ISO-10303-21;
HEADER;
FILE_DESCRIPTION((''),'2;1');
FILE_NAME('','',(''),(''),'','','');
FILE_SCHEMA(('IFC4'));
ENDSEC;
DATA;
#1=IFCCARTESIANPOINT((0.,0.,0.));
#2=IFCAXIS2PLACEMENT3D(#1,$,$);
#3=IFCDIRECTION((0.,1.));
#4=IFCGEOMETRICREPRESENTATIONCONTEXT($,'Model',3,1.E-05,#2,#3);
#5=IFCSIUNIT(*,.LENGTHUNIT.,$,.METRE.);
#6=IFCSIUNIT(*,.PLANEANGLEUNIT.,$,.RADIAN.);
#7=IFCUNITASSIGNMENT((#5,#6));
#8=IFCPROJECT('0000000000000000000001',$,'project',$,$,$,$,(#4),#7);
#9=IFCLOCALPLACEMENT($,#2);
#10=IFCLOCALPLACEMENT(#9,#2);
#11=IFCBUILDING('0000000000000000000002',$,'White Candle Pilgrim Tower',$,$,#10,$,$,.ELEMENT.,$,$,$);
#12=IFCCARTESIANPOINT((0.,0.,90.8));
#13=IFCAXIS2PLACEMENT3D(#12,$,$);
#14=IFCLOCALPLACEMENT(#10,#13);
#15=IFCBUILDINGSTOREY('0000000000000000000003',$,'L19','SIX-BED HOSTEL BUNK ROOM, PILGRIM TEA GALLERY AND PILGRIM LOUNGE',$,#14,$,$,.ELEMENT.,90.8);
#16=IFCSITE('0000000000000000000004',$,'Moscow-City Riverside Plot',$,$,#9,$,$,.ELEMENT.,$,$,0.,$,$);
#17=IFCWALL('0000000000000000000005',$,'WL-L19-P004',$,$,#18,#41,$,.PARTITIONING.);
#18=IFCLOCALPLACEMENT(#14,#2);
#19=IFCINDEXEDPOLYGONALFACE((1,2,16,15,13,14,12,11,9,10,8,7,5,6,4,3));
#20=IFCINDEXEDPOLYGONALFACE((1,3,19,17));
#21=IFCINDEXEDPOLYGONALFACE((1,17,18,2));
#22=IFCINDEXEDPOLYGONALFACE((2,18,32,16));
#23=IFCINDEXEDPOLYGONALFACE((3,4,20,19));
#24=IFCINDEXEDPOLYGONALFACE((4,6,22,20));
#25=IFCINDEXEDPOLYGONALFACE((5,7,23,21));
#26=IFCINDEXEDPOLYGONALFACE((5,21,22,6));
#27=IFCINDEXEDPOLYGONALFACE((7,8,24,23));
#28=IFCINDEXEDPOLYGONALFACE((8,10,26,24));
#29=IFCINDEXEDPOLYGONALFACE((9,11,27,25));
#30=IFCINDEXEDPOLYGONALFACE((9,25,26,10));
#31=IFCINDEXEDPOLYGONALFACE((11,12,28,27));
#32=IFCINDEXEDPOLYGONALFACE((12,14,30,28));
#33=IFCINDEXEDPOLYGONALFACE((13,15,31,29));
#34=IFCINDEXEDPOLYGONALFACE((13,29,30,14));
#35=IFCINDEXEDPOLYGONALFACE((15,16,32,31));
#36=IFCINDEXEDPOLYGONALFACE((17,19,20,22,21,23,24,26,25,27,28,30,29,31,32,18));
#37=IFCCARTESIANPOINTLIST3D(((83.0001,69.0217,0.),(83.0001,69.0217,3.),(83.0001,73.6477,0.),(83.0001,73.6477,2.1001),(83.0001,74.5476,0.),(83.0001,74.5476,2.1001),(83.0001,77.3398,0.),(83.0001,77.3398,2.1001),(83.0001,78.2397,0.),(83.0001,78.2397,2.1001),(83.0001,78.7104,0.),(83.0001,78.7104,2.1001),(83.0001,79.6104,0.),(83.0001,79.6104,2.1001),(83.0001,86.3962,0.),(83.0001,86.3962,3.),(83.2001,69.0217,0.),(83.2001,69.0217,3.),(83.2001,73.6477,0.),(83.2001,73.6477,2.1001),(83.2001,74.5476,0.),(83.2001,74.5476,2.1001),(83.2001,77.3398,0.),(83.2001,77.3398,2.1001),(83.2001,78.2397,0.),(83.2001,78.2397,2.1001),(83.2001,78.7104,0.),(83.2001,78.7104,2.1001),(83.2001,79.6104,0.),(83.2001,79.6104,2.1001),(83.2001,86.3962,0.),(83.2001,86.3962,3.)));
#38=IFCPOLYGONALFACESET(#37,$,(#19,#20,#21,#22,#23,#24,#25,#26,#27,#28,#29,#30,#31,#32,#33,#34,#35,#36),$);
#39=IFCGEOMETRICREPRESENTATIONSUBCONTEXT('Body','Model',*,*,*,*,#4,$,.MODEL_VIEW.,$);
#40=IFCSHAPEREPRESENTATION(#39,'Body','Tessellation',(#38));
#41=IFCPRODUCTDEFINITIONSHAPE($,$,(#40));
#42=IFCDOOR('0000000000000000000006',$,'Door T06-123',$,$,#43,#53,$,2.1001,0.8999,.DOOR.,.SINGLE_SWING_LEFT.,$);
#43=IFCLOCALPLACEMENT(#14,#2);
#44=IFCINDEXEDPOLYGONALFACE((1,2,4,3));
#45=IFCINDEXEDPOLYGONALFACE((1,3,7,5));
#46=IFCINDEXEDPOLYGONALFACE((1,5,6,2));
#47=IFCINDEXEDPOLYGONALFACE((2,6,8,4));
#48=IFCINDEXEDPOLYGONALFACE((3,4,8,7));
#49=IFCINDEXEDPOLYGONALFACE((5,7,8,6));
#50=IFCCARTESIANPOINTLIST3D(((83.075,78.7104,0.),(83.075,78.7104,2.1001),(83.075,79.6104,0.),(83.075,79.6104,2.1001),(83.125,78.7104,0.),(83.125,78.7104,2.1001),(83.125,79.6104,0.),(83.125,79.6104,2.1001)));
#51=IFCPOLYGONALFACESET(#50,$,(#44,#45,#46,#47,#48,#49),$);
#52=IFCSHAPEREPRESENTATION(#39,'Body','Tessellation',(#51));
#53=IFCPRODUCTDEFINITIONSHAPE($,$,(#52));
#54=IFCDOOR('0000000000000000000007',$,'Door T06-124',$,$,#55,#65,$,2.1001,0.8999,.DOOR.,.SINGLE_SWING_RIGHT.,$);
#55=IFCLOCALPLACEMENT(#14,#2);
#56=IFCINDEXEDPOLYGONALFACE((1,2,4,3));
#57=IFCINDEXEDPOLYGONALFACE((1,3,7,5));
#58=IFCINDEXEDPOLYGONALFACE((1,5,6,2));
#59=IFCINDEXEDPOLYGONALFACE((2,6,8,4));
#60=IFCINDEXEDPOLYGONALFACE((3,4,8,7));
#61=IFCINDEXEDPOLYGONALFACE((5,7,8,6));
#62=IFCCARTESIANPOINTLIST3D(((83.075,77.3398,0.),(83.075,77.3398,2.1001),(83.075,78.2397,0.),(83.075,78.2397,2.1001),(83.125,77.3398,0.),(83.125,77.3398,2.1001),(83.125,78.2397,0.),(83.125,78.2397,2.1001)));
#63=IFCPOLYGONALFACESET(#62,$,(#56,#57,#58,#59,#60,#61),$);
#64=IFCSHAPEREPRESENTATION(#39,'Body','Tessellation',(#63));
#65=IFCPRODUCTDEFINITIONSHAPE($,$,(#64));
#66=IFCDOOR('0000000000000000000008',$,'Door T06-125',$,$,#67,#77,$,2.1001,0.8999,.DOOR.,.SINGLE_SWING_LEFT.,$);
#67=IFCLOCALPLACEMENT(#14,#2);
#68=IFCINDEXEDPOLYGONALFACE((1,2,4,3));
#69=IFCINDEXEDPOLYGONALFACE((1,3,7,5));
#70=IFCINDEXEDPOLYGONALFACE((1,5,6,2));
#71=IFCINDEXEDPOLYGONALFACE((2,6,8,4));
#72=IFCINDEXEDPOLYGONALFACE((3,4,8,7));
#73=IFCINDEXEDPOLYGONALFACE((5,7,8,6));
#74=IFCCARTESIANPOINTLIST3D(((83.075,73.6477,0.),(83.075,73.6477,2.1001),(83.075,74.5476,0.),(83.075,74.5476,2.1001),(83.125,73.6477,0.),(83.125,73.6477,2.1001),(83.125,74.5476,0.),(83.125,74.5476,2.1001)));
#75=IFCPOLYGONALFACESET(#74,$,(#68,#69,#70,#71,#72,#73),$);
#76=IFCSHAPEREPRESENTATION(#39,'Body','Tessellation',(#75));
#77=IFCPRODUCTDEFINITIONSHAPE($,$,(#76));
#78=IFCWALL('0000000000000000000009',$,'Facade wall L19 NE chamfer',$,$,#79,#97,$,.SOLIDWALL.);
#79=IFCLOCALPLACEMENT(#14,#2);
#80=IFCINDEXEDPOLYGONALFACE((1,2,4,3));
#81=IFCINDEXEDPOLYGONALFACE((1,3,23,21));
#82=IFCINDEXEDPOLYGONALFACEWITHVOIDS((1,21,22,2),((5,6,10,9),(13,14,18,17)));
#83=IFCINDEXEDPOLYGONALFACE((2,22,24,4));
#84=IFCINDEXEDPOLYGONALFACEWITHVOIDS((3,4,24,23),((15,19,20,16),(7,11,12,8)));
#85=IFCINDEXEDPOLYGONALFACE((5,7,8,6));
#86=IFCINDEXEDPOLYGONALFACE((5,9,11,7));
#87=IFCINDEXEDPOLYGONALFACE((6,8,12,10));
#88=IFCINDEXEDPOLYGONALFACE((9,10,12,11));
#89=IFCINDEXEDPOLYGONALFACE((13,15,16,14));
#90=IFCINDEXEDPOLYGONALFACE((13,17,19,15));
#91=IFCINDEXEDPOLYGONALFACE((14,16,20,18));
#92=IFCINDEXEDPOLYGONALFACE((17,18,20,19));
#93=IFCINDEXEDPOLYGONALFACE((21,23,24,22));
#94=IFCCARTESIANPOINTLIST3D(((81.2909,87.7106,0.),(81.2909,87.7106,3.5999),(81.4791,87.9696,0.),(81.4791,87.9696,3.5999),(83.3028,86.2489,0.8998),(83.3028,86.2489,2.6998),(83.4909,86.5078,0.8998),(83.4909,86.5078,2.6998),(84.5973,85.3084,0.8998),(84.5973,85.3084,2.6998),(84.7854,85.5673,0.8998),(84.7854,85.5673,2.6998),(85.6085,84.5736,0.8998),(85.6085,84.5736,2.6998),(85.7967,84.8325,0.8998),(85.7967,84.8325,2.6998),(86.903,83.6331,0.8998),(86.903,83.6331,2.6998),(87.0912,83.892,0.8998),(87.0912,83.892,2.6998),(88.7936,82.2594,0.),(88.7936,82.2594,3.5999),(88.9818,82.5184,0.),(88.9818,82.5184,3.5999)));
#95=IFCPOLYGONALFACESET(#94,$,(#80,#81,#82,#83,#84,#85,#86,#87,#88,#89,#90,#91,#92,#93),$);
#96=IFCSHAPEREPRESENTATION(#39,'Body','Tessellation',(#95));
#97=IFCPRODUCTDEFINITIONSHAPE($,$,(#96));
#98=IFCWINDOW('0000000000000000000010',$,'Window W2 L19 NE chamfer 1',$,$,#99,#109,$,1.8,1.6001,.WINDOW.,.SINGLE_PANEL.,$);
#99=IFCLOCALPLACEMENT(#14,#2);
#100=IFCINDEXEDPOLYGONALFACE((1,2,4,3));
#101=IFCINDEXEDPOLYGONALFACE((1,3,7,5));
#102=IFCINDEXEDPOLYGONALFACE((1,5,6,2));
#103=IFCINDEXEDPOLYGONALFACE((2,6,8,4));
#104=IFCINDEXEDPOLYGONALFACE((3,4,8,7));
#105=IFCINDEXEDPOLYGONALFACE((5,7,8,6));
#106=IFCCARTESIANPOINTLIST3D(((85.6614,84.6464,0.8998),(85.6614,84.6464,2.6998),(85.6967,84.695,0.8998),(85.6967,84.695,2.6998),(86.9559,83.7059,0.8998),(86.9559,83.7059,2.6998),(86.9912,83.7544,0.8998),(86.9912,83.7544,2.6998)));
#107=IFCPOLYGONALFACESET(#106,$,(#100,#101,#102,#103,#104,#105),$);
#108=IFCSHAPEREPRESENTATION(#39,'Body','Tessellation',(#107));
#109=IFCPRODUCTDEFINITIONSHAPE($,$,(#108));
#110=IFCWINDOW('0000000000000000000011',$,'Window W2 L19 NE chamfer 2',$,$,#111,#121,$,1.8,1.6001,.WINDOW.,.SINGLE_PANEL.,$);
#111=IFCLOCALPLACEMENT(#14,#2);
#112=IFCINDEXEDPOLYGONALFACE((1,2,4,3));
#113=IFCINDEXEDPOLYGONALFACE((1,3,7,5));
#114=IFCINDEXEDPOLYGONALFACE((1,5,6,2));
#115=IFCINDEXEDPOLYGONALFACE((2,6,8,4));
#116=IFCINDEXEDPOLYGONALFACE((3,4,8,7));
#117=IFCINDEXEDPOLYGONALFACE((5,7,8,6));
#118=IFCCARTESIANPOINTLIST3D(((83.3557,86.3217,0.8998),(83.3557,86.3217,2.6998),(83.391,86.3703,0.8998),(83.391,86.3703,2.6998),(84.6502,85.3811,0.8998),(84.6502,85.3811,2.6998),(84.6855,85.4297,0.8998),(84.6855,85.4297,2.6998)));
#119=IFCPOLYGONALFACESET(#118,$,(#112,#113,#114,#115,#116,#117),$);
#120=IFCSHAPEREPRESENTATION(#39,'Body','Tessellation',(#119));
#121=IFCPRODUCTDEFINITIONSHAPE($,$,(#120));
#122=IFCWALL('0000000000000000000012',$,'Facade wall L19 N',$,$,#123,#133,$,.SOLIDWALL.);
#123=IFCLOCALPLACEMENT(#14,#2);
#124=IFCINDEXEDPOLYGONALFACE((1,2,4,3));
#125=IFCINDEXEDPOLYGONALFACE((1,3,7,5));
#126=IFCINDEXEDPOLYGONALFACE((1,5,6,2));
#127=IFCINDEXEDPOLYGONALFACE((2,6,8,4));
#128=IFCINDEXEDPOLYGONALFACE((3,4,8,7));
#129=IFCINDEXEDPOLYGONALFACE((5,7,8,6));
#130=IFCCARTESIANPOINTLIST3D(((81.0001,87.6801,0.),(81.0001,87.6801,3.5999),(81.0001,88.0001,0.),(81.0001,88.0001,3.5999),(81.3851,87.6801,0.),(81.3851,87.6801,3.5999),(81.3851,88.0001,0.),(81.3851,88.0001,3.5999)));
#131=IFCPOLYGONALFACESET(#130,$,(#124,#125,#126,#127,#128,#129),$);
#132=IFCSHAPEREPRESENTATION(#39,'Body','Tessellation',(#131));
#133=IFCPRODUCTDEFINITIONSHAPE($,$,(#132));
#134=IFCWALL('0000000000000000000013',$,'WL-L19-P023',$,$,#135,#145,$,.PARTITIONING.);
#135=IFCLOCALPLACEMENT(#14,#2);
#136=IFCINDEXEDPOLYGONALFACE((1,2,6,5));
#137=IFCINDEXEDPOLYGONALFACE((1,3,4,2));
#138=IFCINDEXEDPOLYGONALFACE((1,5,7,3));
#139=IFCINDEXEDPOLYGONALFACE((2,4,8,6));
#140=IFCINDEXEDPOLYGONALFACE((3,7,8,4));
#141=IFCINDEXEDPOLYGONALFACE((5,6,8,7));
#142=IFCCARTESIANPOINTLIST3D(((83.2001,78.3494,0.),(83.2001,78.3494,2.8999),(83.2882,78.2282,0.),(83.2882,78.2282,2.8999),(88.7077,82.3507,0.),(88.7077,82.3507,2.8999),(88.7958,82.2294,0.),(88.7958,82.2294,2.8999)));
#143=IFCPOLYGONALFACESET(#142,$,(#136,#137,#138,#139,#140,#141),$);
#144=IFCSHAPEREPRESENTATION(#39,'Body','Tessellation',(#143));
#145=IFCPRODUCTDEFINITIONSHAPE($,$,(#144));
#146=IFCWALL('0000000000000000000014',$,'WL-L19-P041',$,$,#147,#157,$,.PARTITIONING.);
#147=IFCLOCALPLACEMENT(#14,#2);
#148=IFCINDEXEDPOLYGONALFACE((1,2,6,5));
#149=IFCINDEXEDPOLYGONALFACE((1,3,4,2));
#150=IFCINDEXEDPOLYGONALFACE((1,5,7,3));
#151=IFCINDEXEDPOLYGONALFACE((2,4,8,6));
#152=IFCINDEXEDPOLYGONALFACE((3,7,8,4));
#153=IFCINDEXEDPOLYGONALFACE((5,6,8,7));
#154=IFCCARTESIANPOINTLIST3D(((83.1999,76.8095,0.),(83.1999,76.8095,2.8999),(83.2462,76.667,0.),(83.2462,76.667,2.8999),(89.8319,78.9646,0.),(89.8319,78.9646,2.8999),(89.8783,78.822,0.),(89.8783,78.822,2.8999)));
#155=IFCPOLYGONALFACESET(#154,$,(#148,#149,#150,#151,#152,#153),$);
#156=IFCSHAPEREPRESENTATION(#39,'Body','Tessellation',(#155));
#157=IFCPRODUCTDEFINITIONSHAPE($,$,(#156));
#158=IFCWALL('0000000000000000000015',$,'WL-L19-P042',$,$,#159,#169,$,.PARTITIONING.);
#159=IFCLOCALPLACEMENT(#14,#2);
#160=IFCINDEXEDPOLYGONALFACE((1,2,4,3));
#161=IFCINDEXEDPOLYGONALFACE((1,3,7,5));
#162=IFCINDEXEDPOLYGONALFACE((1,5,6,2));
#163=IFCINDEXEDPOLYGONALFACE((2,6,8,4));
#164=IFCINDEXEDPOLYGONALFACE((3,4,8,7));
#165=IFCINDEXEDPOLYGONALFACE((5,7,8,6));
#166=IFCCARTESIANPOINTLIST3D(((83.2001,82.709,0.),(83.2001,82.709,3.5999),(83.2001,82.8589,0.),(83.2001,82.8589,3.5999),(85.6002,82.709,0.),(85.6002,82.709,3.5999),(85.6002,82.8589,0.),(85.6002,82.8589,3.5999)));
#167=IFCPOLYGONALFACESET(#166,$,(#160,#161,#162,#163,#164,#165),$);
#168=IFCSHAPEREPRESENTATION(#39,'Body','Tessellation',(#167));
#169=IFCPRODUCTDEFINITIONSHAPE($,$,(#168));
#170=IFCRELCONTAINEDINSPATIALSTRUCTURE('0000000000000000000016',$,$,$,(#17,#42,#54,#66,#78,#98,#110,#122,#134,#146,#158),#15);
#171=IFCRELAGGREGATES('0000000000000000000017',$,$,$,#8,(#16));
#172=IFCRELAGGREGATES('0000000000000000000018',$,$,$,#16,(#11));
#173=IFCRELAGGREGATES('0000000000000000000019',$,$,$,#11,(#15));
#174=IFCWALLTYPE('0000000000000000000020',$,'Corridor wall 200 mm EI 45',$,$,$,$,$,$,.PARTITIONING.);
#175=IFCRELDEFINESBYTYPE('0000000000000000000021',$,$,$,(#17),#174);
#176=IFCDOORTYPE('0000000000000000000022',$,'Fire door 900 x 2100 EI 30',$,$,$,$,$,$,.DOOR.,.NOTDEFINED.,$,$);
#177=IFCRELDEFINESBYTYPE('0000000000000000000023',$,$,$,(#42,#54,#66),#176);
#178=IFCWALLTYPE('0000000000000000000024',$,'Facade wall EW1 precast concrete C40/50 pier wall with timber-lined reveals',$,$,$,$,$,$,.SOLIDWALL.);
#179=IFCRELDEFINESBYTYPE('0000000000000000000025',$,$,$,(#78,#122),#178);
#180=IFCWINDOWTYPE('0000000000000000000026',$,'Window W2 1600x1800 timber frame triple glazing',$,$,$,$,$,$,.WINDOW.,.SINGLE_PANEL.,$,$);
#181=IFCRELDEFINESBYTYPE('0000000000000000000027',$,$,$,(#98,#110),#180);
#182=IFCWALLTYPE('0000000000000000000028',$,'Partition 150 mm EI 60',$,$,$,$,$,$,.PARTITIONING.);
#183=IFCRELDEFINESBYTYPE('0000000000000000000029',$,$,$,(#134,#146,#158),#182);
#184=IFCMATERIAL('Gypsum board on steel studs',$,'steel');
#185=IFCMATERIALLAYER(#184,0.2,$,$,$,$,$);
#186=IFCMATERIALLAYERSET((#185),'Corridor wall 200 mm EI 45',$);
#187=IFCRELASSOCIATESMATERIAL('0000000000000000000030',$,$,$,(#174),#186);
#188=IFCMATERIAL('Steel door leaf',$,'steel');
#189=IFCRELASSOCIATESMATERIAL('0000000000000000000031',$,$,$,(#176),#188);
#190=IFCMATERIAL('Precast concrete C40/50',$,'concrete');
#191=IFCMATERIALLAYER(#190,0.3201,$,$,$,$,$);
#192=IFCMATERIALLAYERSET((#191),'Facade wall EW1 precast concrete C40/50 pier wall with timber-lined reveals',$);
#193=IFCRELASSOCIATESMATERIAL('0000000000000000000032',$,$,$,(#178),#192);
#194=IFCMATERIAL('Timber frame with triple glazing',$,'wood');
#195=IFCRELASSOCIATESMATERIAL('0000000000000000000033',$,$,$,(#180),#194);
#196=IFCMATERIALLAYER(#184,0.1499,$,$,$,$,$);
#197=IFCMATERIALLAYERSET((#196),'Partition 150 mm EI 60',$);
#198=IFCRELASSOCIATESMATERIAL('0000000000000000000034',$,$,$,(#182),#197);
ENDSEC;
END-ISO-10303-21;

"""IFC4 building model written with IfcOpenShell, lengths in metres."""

from ifc_helpers import new_model, si_unit, direction, frame, frame_2d, origin, place, context, subcontext, project, spatial, rectangle, extrude, material, layer, layer_set, type_object, element, fill, save


model = new_model("IFC4")

# Units and contexts
model_context = context("Model", 3, precision=1e-05, world=origin(), true_north=direction((0.0, 1.0)))
body_context = subcontext(model_context, "Body", "Model", "MODEL_VIEW")
ifc_project = project(units=[si_unit("LENGTHUNIT", "METRE"), si_unit("PLANEANGLEUNIT", "RADIAN")], contexts=[model_context])

# Site, building, storey
site_placement = place(None, origin())
site = spatial("IfcSite", under=ifc_project, at=site_placement, Name="Moscow-City Riverside Plot", CompositionType="ELEMENT", RefElevation=0.0)
building_placement = place(site_placement, origin())
building = spatial("IfcBuilding", under=site, at=building_placement, Name="White Candle Pilgrim Tower", CompositionType="ELEMENT")
storey_placement = place(building_placement, frame((0.0, 0.0, 90.8)))
storey = spatial("IfcBuildingStorey", under=building, at=storey_placement, Name="L19", Description="SIX-BED HOSTEL BUNK ROOM, PILGRIM TEA GALLERY AND PILGRIM LOUNGE", CompositionType="ELEMENT", Elevation=90.8)

# Shared definitions
ifc_material_1 = material(Name="Steel door leaf", Category="steel")

# Wall, openings, doors
ifc_material_2 = material(Name="Gypsum board on steel studs", Category="steel")
ifc_layer_1 = layer(ifc_material_2, 0.2)
ifc_layer_set_1 = layer_set([ifc_layer_1], Name="Corridor wall 200 mm EI 45")
wall_type_1 = type_object("IfcWallType", Name="Corridor wall 200 mm EI 45", PredefinedType="PARTITIONING", material=ifc_layer_set_1)
wall_1_placement = place(storey_placement, frame((83.1001, 86.3962, 0.0), z_axis=(0.0, 0.0, 1.0), x_axis=(0.0, -1.0, 0.0)))
wall_1 = element("IfcWall", 1, at=wall_1_placement, inside=storey, type_object=wall_type_1, Name="WL-L19-P004", PredefinedType="PARTITIONING", context=body_context, shape_type="SweptSolid", body=[
    extrude(rectangle(XDim=17.3745, YDim=0.2, at=frame_2d((8.6873, 0.0))), origin(), (0.0, 0.0, 1.0), 3.0),
])
opening_1_placement = place(wall_1_placement, frame((6.7859, 0.0, 0.0)))
opening_1 = element("IfcOpeningElement", 2, at=opening_1_placement, cuts=wall_1, PredefinedType="OPENING", context=body_context, shape_type="SweptSolid", body=[
    extrude(rectangle(XDim=0.8999, YDim=2.1001, at=frame_2d((0.45, 1.05))), frame((0.0, 0.1099, 0.0), z_axis=(0.0, -1.0, 0.0), x_axis=(1.0, 0.0, 0.0)), (0.0, 0.0, 1.0), 0.22),
])
opening_2_placement = place(wall_1_placement, frame((8.1565, 0.0, 0.0)))
opening_2 = element("IfcOpeningElement", 3, at=opening_2_placement, cuts=wall_1, PredefinedType="OPENING", context=body_context, shape_type="SweptSolid", body=[
    extrude(rectangle(XDim=0.8999, YDim=2.1001, at=frame_2d((0.45, 1.05))), frame((0.0, 0.1099, 0.0), z_axis=(0.0, -1.0, 0.0), x_axis=(1.0, 0.0, 0.0)), (0.0, 0.0, 1.0), 0.22),
])
opening_3_placement = place(wall_1_placement, frame((11.8486, 0.0, 0.0)))
opening_3 = element("IfcOpeningElement", 4, at=opening_3_placement, cuts=wall_1, PredefinedType="OPENING", context=body_context, shape_type="SweptSolid", body=[
    extrude(rectangle(XDim=0.8999, YDim=2.1001, at=frame_2d((0.45, 1.05))), frame((0.0, 0.1099, 0.0), z_axis=(0.0, -1.0, 0.0), x_axis=(1.0, 0.0, 0.0)), (0.0, 0.0, 1.0), 0.22),
])
door_type_1 = type_object("IfcDoorType", Name="Fire door 900 x 2100 EI 30", OperationType="NOTDEFINED", PredefinedType="DOOR", material=ifc_material_1)
door_1_placement = place(opening_1_placement, origin())
door_1 = element("IfcDoor", 5, at=door_1_placement, inside=storey, type_object=door_type_1, Name="Door T06-123", OperationType="SINGLE_SWING_LEFT", OverallHeight=2.1001, OverallWidth=0.8999, PredefinedType="DOOR", context=body_context, shape_type="SweptSolid", body=[
    extrude(rectangle(XDim=0.8999, YDim=2.1001, at=frame_2d((0.45, 1.05))), frame((0.0, 0.0249, 0.0), z_axis=(0.0, -1.0, 0.0), x_axis=(1.0, 0.0, 0.0)), (0.0, 0.0, 1.0), 0.05),
])
fill(opening_1, door_1)
door_2_placement = place(opening_2_placement, origin())
door_2 = element("IfcDoor", 6, at=door_2_placement, inside=storey, type_object=door_type_1, Name="Door T06-124", OperationType="SINGLE_SWING_RIGHT", OverallHeight=2.1001, OverallWidth=0.8999, PredefinedType="DOOR", context=body_context, shape_type="SweptSolid", body=[
    extrude(rectangle(XDim=0.8999, YDim=2.1001, at=frame_2d((0.45, 1.05))), frame((0.0, 0.0249, 0.0), z_axis=(0.0, -1.0, 0.0), x_axis=(1.0, 0.0, 0.0)), (0.0, 0.0, 1.0), 0.05),
])
fill(opening_2, door_2)
door_3_placement = place(opening_3_placement, origin())
door_3 = element("IfcDoor", 7, at=door_3_placement, inside=storey, type_object=door_type_1, Name="Door T06-125", OperationType="SINGLE_SWING_LEFT", OverallHeight=2.1001, OverallWidth=0.8999, PredefinedType="DOOR", context=body_context, shape_type="SweptSolid", body=[
    extrude(rectangle(XDim=0.8999, YDim=2.1001, at=frame_2d((0.45, 1.05))), frame((0.0, 0.0249, 0.0), z_axis=(0.0, -1.0, 0.0), x_axis=(1.0, 0.0, 0.0)), (0.0, 0.0, 1.0), 0.05),
])
fill(opening_3, door_3)

# Wall, openings, windows
ifc_material_3 = material(Name="Precast concrete C40/50", Category="concrete")
ifc_layer_2 = layer(ifc_material_3, 0.3201)
ifc_layer_set_2 = layer_set([ifc_layer_2], Name="Facade wall EW1 precast concrete C40/50 pier wall with timber-lined reveals")
wall_type_2 = type_object("IfcWallType", Name="Facade wall EW1 precast concrete C40/50 pier wall with timber-lined reveals", PredefinedType="SOLIDWALL", material=ifc_layer_set_2)
wall_2_placement = place(storey_placement, frame((88.8877, 82.3889, 0.0), z_axis=(0.0, 0.0, 1.0), x_axis=(-0.809009, 0.587796, 0.0)))
wall_2 = element("IfcWall", 8, at=wall_2_placement, inside=storey, type_object=wall_type_2, Name="Facade wall L19 NE chamfer", PredefinedType="SOLIDWALL", context=body_context, shape_type="SweptSolid", body=[
    extrude(rectangle(XDim=9.2739, YDim=0.3201, at=frame_2d((4.637, 0.0))), origin(), (0.0, 0.0, 1.0), 3.5999),
])
opening_4_placement = place(wall_2_placement, frame((2.3369, 0.0, 0.8999)))
opening_4 = element("IfcOpeningElement", 9, at=opening_4_placement, cuts=wall_2, PredefinedType="OPENING", context=body_context, shape_type="SweptSolid", body=[
    extrude(rectangle(XDim=1.6001, YDim=1.8, at=frame_2d((0.8, 0.8999))), frame((0.0, 0.1699, 0.0), z_axis=(0.0, -1.0, 0.0), x_axis=(1.0, 0.0, 0.0)), (0.0, 0.0, 1.0), 0.3401),
])
opening_5_placement = place(wall_2_placement, frame((5.187, 0.0, 0.8999)))
opening_5 = element("IfcOpeningElement", 10, at=opening_5_placement, cuts=wall_2, PredefinedType="OPENING", context=body_context, shape_type="SweptSolid", body=[
    extrude(rectangle(XDim=1.6001, YDim=1.8, at=frame_2d((0.8, 0.8999))), frame((0.0, 0.1699, 0.0), z_axis=(0.0, -1.0, 0.0), x_axis=(1.0, 0.0, 0.0)), (0.0, 0.0, 1.0), 0.3401),
])
ifc_material_4 = material(Name="Timber frame with triple glazing", Category="wood")
window_type = type_object("IfcWindowType", Name="Window W2 1600x1800 timber frame triple glazing", PartitioningType="SINGLE_PANEL", PredefinedType="WINDOW", material=ifc_material_4)
window_1_placement = place(opening_4_placement, origin())
window_1 = element("IfcWindow", 11, at=window_1_placement, inside=storey, type_object=window_type, Name="Window W2 L19 NE chamfer 1", OverallHeight=1.8, OverallWidth=1.6001, PartitioningType="SINGLE_PANEL", PredefinedType="WINDOW", context=body_context, shape_type="SweptSolid", body=[
    extrude(rectangle(XDim=1.6001, YDim=1.8, at=frame_2d((0.8, 0.8999))), frame((0.0, 0.0701, 0.0), z_axis=(0.0, -1.0, 0.0), x_axis=(1.0, 0.0, 0.0)), (0.0, 0.0, 1.0), 0.0601),
])
fill(opening_4, window_1)
window_2_placement = place(opening_5_placement, origin())
window_2 = element("IfcWindow", 12, at=window_2_placement, inside=storey, type_object=window_type, Name="Window W2 L19 NE chamfer 2", OverallHeight=1.8, OverallWidth=1.6001, PartitioningType="SINGLE_PANEL", PredefinedType="WINDOW", context=body_context, shape_type="SweptSolid", body=[
    extrude(rectangle(XDim=1.6001, YDim=1.8, at=frame_2d((0.8, 0.8999))), frame((0.0, 0.0701, 0.0), z_axis=(0.0, -1.0, 0.0), x_axis=(1.0, 0.0, 0.0)), (0.0, 0.0, 1.0), 0.0601),
])
fill(opening_5, window_2)

# Walls
wall_3_placement = place(storey_placement, frame((81.385, 87.8401, 0.0), z_axis=(0.0, 0.0, 1.0), x_axis=(-1.0, 0.0, 0.0)))
element("IfcWall", 13, at=wall_3_placement, inside=storey, type_object=wall_type_2, Name="Facade wall L19 N", PredefinedType="SOLIDWALL", context=body_context, shape_type="SweptSolid", body=[
    extrude(rectangle(XDim=0.385, YDim=0.3201, at=frame_2d((0.1924, 0.0))), origin(), (0.0, 0.0, 1.0), 3.5999),
])
ifc_layer_3 = layer(ifc_material_2, 0.1499)
ifc_layer_set_3 = layer_set([ifc_layer_3], Name="Partition 150 mm EI 60")
wall_type_3 = type_object("IfcWallType", Name="Partition 150 mm EI 60", PredefinedType="PARTITIONING", material=ifc_layer_set_3)
wall_4_placement = place(storey_placement, frame((88.7517, 82.29, 0.0), z_axis=(0.0, 0.0, 1.0), x_axis=(-0.809035, -0.58776, 0.0)))
element("IfcWall", 14, at=wall_4_placement, inside=storey, type_object=wall_type_3, Name="WL-L19-P023", PredefinedType="PARTITIONING", context=body_context, shape_type="SweptSolid", body=[
    extrude(rectangle(XDim=6.8076, YDim=0.1499, at=frame_2d((3.4038, 0.0))), origin(), (0.0, 0.0, 1.0), 2.8999),
])
wall_5_placement = place(storey_placement, frame((89.8552, 78.8933, 0.0), z_axis=(0.0, 0.0, 1.0), x_axis=(-0.951051, -0.309035, 0.0)))
element("IfcWall", 15, at=wall_5_placement, inside=storey, type_object=wall_type_3, Name="WL-L19-P041", PredefinedType="PARTITIONING", context=body_context, shape_type="SweptSolid", body=[
    extrude(rectangle(XDim=6.9734, YDim=0.1499, at=frame_2d((3.4868, 0.0))), origin(), (0.0, 0.0, 1.0), 2.8999),
])
wall_6_placement = place(storey_placement, frame((83.2, 82.7839, 0.0), z_axis=(0.0, 0.0, 1.0), x_axis=(1.0, 0.0, 0.0)))
element("IfcWall", 16, at=wall_6_placement, inside=storey, type_object=wall_type_3, Name="WL-L19-P042", PredefinedType="PARTITIONING", context=body_context, shape_type="SweptSolid", body=[
    extrude(rectangle(XDim=2.4001, YDim=0.1499, at=frame_2d((1.2002, 0.0))), origin(), (0.0, 0.0, 1.0), 3.5999),
])

save(model, "model.ifc")
